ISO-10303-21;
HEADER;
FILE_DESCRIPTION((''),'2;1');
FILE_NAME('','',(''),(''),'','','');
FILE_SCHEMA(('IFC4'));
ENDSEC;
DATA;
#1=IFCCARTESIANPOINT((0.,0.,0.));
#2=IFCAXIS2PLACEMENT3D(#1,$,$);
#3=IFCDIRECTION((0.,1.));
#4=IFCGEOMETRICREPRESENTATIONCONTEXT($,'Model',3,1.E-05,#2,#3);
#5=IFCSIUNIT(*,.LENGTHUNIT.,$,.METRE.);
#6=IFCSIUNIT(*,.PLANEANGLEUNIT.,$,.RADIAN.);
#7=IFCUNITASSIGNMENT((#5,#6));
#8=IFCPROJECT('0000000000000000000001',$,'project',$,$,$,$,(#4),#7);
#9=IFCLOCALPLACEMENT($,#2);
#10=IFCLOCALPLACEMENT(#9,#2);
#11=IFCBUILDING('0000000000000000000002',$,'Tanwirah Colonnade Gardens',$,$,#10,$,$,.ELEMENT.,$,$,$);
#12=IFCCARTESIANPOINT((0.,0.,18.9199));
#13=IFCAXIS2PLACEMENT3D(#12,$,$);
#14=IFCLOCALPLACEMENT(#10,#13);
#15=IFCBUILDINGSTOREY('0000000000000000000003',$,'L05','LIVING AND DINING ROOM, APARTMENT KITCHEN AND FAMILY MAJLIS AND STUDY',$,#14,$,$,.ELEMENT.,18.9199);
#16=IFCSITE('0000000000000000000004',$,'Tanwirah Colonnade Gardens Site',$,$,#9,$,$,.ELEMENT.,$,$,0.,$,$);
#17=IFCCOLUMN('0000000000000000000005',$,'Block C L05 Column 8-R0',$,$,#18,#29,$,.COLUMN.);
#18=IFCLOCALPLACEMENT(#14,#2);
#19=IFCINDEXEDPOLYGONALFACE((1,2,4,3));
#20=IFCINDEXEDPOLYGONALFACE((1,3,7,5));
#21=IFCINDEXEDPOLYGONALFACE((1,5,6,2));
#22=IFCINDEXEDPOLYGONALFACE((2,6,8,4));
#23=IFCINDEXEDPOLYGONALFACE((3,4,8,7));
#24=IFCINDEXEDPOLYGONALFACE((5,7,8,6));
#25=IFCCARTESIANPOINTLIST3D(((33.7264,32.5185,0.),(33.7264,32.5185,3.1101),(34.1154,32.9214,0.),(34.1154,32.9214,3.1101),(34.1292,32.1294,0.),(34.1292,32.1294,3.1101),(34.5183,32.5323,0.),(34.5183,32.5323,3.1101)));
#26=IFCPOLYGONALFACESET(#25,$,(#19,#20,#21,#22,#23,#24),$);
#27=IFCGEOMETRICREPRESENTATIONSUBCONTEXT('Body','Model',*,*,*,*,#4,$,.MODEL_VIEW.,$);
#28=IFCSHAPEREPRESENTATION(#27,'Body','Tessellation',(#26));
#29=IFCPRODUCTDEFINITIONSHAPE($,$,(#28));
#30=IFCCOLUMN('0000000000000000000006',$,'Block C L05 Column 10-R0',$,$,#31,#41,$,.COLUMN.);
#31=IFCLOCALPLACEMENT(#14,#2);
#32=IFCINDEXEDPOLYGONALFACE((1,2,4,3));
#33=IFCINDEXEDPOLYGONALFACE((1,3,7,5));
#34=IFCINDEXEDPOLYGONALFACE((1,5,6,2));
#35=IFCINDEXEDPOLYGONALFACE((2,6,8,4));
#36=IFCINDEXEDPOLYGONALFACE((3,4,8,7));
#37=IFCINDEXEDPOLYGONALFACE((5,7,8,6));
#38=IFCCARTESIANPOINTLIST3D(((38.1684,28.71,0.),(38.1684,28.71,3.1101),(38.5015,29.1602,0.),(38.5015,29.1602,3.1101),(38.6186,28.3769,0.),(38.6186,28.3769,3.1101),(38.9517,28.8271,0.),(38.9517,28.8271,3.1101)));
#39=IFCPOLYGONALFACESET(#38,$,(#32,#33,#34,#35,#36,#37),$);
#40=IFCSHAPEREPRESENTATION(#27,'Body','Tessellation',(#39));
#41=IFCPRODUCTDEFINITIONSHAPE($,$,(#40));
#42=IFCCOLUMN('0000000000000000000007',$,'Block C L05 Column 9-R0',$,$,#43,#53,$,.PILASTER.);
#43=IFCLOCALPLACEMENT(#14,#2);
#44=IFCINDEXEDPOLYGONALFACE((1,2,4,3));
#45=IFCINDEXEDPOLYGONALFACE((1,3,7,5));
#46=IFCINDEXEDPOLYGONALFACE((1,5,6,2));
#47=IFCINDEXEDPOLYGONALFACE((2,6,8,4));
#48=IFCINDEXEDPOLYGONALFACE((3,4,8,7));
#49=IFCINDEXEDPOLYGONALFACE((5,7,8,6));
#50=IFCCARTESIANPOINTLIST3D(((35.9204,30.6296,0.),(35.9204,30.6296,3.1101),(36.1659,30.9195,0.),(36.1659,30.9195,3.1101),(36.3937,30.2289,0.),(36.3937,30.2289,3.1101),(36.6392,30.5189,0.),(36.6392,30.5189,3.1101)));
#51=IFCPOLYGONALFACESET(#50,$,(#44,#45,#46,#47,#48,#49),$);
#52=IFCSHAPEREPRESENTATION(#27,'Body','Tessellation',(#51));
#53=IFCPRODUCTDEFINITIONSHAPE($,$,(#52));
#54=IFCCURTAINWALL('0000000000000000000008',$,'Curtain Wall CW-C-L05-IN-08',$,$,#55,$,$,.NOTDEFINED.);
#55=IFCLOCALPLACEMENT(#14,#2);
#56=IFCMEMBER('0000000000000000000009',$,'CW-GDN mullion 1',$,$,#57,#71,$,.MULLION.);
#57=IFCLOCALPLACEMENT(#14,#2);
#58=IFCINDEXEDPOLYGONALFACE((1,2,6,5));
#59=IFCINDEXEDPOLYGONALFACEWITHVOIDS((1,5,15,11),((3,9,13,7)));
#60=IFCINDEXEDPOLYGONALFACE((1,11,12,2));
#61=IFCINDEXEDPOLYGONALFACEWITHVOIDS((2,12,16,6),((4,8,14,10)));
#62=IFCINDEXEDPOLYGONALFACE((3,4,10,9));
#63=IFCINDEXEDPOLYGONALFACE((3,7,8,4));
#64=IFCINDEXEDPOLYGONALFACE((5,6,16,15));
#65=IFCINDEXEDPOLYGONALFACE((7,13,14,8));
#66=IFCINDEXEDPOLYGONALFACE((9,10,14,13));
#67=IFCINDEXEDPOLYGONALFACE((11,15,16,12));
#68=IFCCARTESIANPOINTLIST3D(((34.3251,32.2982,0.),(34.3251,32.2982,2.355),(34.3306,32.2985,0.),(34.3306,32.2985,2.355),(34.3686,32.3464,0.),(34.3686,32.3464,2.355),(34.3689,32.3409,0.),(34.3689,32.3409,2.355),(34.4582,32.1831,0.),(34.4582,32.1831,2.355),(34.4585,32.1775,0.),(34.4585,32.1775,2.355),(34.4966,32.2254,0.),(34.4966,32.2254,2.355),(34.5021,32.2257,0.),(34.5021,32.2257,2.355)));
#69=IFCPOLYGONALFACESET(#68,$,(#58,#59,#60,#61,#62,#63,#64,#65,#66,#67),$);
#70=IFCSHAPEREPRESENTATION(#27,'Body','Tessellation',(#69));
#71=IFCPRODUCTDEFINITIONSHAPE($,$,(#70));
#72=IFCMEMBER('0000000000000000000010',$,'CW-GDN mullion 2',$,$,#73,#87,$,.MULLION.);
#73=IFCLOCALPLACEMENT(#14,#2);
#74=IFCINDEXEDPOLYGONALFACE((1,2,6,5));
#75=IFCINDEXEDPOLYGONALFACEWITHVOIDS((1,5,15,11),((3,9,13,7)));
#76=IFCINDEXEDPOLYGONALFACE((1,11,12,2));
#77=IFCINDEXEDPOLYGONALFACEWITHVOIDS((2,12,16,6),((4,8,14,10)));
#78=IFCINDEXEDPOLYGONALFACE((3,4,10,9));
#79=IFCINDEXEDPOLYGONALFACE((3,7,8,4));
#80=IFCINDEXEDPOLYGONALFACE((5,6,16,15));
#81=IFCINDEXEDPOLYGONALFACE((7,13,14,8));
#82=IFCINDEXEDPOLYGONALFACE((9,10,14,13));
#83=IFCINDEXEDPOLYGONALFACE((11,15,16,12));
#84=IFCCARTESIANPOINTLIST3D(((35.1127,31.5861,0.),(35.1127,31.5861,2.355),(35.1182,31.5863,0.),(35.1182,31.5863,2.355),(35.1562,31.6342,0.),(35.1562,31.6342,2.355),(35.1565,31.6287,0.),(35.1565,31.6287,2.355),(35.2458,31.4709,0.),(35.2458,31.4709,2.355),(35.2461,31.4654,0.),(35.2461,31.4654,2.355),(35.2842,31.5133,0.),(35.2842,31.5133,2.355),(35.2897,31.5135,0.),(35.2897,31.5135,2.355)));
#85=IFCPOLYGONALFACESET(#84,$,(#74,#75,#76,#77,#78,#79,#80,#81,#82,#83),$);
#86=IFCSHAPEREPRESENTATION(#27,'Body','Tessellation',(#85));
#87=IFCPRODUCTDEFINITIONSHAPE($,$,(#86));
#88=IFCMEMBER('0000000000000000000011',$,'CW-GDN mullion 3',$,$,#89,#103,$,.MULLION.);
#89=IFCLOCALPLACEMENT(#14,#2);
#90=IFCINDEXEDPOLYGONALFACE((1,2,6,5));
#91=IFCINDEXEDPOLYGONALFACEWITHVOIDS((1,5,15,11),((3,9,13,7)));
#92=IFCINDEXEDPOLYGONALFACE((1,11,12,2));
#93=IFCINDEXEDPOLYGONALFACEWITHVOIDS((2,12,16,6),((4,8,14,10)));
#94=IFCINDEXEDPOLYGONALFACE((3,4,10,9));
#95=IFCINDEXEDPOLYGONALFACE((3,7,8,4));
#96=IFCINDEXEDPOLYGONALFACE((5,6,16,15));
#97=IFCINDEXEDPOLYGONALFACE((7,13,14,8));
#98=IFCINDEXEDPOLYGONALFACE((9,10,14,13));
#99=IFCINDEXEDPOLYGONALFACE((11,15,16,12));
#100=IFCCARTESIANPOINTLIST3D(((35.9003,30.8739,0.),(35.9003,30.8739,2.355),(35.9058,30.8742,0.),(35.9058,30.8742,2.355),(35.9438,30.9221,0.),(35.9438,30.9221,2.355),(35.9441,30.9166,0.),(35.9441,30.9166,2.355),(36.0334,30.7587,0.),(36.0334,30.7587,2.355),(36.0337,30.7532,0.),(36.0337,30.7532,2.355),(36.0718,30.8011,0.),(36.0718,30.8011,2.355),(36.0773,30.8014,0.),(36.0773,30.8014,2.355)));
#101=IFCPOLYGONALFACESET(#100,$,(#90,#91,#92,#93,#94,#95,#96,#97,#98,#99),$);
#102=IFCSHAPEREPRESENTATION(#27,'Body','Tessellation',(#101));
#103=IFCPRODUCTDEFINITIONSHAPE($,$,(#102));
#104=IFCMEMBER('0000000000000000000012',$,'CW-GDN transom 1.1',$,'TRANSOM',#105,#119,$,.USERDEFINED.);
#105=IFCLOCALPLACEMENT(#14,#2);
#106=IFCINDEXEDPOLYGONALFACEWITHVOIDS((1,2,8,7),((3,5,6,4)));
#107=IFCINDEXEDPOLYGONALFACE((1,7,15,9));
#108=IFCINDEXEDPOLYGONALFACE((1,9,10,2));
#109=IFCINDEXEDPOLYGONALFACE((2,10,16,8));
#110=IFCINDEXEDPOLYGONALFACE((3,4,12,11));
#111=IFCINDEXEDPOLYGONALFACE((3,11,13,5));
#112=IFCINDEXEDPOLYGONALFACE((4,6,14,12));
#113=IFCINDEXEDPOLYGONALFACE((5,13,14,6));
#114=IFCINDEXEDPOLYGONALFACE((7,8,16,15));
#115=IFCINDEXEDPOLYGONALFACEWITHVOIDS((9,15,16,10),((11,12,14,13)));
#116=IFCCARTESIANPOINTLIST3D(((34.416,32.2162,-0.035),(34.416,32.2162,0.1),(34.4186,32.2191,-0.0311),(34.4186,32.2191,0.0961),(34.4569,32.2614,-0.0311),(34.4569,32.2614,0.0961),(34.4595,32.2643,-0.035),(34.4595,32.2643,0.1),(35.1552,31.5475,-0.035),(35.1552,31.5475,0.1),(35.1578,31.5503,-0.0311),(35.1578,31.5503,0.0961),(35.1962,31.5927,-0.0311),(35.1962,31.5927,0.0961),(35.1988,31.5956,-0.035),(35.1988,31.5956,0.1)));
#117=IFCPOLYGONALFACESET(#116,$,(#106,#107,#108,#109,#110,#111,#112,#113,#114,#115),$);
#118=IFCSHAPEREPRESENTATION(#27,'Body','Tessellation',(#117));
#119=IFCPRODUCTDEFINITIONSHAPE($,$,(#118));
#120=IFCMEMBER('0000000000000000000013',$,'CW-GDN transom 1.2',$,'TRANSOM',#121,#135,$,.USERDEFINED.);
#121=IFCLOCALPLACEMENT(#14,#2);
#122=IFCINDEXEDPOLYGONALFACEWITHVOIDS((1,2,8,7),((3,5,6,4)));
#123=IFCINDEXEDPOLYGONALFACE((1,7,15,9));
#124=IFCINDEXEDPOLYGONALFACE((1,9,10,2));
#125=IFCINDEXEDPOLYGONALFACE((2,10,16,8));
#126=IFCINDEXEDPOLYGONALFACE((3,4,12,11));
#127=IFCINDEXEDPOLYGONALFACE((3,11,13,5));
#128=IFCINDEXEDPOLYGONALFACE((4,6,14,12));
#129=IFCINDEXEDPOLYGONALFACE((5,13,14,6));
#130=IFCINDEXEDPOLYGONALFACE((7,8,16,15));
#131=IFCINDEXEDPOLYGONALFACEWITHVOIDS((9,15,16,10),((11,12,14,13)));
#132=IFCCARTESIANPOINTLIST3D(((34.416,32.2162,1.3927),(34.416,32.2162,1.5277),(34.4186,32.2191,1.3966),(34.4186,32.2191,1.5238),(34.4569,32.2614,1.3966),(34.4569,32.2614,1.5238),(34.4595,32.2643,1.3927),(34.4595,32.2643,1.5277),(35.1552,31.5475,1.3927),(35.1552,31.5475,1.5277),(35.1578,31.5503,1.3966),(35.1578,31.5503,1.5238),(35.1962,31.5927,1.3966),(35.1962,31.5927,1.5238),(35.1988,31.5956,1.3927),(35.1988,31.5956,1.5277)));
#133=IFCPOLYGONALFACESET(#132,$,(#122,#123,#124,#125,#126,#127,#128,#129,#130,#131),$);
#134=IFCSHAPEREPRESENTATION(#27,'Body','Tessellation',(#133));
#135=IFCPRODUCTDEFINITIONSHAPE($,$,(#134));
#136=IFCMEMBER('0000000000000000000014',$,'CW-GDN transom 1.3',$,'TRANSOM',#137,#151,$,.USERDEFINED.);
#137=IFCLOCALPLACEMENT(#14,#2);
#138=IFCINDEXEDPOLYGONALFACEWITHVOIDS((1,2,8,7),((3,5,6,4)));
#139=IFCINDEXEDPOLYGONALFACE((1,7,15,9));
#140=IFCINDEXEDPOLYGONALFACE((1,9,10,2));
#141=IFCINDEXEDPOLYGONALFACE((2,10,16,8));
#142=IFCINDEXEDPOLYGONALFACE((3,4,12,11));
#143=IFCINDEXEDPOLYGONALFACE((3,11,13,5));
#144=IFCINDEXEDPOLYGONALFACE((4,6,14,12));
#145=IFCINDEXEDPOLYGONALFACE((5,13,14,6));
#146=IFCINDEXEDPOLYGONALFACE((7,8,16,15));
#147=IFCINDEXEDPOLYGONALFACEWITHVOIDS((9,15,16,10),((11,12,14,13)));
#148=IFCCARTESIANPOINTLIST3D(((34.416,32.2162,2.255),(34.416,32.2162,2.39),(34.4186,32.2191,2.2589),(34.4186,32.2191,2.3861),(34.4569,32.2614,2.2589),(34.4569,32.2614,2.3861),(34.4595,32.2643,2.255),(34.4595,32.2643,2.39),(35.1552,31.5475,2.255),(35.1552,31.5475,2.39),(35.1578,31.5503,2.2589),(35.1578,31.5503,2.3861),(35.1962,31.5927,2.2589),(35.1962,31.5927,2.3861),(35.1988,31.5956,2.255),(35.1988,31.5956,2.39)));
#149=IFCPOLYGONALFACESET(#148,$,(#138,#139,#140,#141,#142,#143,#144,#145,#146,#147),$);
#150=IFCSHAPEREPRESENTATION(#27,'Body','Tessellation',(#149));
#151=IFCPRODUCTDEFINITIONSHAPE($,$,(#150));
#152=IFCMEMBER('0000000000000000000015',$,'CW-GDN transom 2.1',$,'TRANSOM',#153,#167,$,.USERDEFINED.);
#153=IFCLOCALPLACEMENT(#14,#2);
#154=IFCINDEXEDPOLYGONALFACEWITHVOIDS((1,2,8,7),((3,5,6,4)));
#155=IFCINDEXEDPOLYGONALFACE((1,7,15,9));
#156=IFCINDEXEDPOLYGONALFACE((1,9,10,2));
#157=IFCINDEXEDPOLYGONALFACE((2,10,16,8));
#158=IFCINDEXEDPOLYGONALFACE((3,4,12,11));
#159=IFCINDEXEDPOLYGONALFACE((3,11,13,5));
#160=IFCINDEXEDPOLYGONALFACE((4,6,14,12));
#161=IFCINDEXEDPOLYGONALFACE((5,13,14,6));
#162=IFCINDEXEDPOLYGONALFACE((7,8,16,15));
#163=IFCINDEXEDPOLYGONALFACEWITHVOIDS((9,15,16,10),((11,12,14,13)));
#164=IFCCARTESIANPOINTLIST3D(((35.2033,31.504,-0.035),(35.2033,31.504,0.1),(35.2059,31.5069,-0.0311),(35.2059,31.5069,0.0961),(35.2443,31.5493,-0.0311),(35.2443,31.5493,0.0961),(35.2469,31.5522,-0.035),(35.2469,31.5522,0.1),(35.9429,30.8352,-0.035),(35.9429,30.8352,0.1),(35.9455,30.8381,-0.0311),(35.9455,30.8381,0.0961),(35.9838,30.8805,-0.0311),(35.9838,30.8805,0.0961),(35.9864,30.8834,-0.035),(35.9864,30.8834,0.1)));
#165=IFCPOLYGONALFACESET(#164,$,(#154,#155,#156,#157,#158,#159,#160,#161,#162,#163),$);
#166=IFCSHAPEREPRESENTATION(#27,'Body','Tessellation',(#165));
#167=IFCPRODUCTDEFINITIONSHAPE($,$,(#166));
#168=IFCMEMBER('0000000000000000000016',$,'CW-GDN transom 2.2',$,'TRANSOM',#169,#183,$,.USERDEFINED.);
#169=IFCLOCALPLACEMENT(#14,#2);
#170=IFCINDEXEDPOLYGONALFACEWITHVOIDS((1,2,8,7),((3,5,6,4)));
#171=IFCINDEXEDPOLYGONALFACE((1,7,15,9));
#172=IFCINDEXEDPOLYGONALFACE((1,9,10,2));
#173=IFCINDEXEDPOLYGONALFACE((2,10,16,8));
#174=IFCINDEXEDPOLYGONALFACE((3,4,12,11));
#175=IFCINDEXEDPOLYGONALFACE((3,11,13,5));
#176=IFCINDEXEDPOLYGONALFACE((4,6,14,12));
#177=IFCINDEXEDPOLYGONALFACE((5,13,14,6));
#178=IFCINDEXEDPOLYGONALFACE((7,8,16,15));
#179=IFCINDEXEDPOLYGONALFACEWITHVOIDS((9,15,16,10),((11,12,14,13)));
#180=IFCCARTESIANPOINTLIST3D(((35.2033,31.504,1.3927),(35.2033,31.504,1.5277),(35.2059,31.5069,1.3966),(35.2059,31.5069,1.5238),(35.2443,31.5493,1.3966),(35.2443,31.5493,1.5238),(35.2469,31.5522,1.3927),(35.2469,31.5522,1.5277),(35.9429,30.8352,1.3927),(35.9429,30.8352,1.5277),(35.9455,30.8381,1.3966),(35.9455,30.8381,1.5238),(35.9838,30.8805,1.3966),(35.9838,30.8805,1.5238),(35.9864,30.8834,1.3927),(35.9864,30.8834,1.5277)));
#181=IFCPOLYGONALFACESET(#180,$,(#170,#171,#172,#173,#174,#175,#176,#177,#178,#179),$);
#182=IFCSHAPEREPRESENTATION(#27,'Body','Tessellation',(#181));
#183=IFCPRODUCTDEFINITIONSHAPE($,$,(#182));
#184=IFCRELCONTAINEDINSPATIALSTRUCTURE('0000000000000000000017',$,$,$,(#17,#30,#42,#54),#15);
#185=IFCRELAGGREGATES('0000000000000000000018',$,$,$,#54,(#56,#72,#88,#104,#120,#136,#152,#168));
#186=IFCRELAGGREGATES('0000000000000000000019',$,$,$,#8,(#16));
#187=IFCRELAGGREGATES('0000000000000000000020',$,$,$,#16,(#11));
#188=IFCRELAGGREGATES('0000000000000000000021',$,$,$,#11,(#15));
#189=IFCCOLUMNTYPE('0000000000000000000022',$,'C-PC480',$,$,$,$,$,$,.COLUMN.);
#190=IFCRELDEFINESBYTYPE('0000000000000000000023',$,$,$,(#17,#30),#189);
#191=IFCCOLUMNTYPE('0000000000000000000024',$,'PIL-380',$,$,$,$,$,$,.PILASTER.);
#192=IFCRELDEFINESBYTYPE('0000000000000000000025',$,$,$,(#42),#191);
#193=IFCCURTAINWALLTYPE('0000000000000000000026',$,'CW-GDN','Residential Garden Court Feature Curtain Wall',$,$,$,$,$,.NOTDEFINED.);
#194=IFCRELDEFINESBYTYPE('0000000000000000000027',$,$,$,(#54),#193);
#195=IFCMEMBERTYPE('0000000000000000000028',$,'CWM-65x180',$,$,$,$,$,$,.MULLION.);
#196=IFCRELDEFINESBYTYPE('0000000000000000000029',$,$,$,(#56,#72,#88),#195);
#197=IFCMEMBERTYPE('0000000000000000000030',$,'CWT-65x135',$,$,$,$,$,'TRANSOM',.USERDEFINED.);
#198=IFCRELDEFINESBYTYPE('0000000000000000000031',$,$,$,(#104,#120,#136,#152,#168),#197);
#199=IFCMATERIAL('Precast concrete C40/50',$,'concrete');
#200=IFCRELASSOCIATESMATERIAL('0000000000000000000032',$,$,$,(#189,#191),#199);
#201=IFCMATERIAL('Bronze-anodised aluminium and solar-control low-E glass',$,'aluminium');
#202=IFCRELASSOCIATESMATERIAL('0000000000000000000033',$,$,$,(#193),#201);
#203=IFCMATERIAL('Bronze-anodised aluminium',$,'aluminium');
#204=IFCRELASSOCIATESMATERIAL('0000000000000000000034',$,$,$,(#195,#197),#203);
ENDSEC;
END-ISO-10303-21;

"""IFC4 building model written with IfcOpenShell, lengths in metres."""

from ifc_helpers import new_model, si_unit, direction, frame, origin, origin_2d, place, context, subcontext, project, spatial, rectangle, hollow_rectangle, extrude, material, material_profile, profile_set, type_object, element, aggregate, save


model = new_model("IFC4")

# Units and contexts
model_context = context("Model", 3, precision=1e-05, world=origin(), true_north=direction((0.0, 1.0)))
body_context = subcontext(model_context, "Body", "Model", "MODEL_VIEW")
ifc_project = project(units=[si_unit("LENGTHUNIT", "METRE"), si_unit("PLANEANGLEUNIT", "RADIAN")], contexts=[model_context])

# Site, building, storey
site_placement = place(None, origin())
site = spatial("IfcSite", under=ifc_project, at=site_placement, Name="Tanwirah Colonnade Gardens Site", CompositionType="ELEMENT", RefElevation=0.0)
building_placement = place(site_placement, origin())
building = spatial("IfcBuilding", under=site, at=building_placement, Name="Tanwirah Colonnade Gardens", CompositionType="ELEMENT")
storey_placement = place(building_placement, frame((0.0, 0.0, 18.9199)))
storey = spatial("IfcBuildingStorey", under=building, at=storey_placement, Name="L05", Description="LIVING AND DINING ROOM, APARTMENT KITCHEN AND FAMILY MAJLIS AND STUDY", CompositionType="ELEMENT", Elevation=18.9199)

# Columns
ifc_material_1 = material(Name="Precast concrete C40/50", Category="concrete")
ifc_material_profile_1 = material_profile(ifc_material_1, rectangle(XDim=0.5601, YDim=0.5601, at=origin_2d()), Name="PC-COL 560x560")
ifc_profile_set_1 = profile_set([ifc_material_profile_1], Name="Precast concrete C40/50")
column_type_1 = type_object("IfcColumnType", Name="C-PC480", PredefinedType="COLUMN", material=ifc_profile_set_1)
for number, where, z_axis, x_axis, name in (
    (1, (34.1223, 32.5254, 0.0), (0.0, 0.0, 1.0), (-0.694658, -0.71934, 0.0), "Block C L05 Column 8-R0"),
    (2, (38.5601, 28.7686, 0.0), (0.0, 0.0, 1.0), (-0.594823, -0.803857, 0.0), "Block C L05 Column 10-R0"),
):
    element("IfcColumn", number, at=place(storey_placement, frame(where, z_axis=z_axis, x_axis=x_axis)), inside=storey, type_object=column_type_1, Name=name, PredefinedType="COLUMN", context=body_context, shape_type="SweptSolid", body=[
        extrude(rectangle(XDim=0.5601, YDim=0.5601, at=origin_2d()), origin(), (0.0, 0.0, 1.0), 3.1101),
    ])
ifc_material_profile_2 = material_profile(ifc_material_1, rectangle(XDim=0.3799, YDim=0.6201, at=origin_2d()), Name="PC-PIL 380x620")
ifc_profile_set_2 = profile_set([ifc_material_profile_2], Name="Precast concrete C40/50")
column_type_2 = type_object("IfcColumnType", Name="PIL-380", PredefinedType="PILASTER", material=ifc_profile_set_2)
column_placement = place(storey_placement, frame((36.2798, 30.5742, 0.0), z_axis=(0.0, 0.0, 1.0), x_axis=(-0.646124, -0.763232, 0.0)))
element("IfcColumn", 3, at=column_placement, inside=storey, type_object=column_type_2, Name="Block C L05 Column 9-R0", PredefinedType="PILASTER", context=body_context, shape_type="SweptSolid", body=[
    extrude(rectangle(XDim=0.3799, YDim=0.6201, at=origin_2d()), origin(), (0.0, 0.0, 1.0), 3.1101),
])

# Curtain wall, members
ifc_material_2 = material(Name="Bronze-anodised aluminium and solar-control low-E glass", Category="aluminium")
curtain_wall_type = type_object("IfcCurtainWallType", Name="CW-GDN", Description="Residential Garden Court Feature Curtain Wall", PredefinedType="NOTDEFINED", material=ifc_material_2)
curtain_wall_placement = place(storey_placement, origin())
curtain_wall = element("IfcCurtainWall", 4, at=curtain_wall_placement, inside=storey, type_object=curtain_wall_type, Name="Curtain Wall CW-C-L05-IN-08", PredefinedType="NOTDEFINED")
ifc_material_3 = material(Name="Bronze-anodised aluminium", Category="aluminium")
ifc_material_profile_3 = material_profile(ifc_material_3, hollow_rectangle(XDim=0.0649, YDim=0.1799, WallThickness=0.0039, at=origin_2d()), Name="CW-MUL 65x180x4")
ifc_profile_set_3 = profile_set([ifc_material_profile_3], Name="Bronze-anodised aluminium")
member_type_1 = type_object("IfcMemberType", Name="CWM-65x180", PredefinedType="MULLION", material=ifc_profile_set_3)
member_1_placement = place(storey_placement, frame((34.4136, 32.262, 0.0), z_axis=(0.0, 0.0, 1.0), x_axis=(0.670751, 0.741683, 0.0)))
member_1 = element("IfcMember", 5, at=member_1_placement, type_object=member_type_1, Name="CW-GDN mullion 1", PredefinedType="MULLION", context=body_context, shape_type="SweptSolid", body=[
    extrude(hollow_rectangle(XDim=0.0649, YDim=0.1799, WallThickness=0.0039, at=origin_2d()), origin(), (0.0, 0.0, 1.0), 2.355),
])
member_2_placement = place(storey_placement, frame((35.2012, 31.5498, 0.0), z_axis=(0.0, 0.0, 1.0), x_axis=(0.670751, 0.741683, 0.0)))
member_2 = element("IfcMember", 6, at=member_2_placement, type_object=member_type_1, Name="CW-GDN mullion 2", PredefinedType="MULLION", context=body_context, shape_type="SweptSolid", body=[
    extrude(hollow_rectangle(XDim=0.0649, YDim=0.1799, WallThickness=0.0039, at=origin_2d()), origin(), (0.0, 0.0, 1.0), 2.355),
])
member_3_placement = place(storey_placement, frame((35.9888, 30.8376, 0.0), z_axis=(0.0, 0.0, 1.0), x_axis=(0.670751, 0.741683, 0.0)))
member_3 = element("IfcMember", 7, at=member_3_placement, type_object=member_type_1, Name="CW-GDN mullion 3", PredefinedType="MULLION", context=body_context, shape_type="SweptSolid", body=[
    extrude(hollow_rectangle(XDim=0.0649, YDim=0.1799, WallThickness=0.0039, at=origin_2d()), origin(), (0.0, 0.0, 1.0), 2.355),
])
ifc_material_profile_4 = material_profile(ifc_material_3, hollow_rectangle(XDim=0.0649, YDim=0.135, WallThickness=0.0039, at=origin_2d()), Name="CW-TRN 65x135x4")
ifc_profile_set_4 = profile_set([ifc_material_profile_4], Name="Bronze-anodised aluminium")
member_type_2 = type_object("IfcMemberType", Name="CWT-65x135", ElementType="TRANSOM", PredefinedType="USERDEFINED", material=ifc_profile_set_4)
member_4_placement = place(storey_placement, frame((34.4377, 32.2402, 0.0325), z_axis=(0.741611, -0.67083, 0.0), x_axis=(0.67083, 0.741611, 0.0)))
member_4 = element("IfcMember", 8, at=member_4_placement, type_object=member_type_2, Name="CW-GDN transom 1.1", ObjectType="TRANSOM", PredefinedType="USERDEFINED", context=body_context, shape_type="SweptSolid", body=[
    extrude(hollow_rectangle(XDim=0.0649, YDim=0.135, WallThickness=0.0039, at=origin_2d()), origin(), (0.0, 0.0, 1.0), 0.9968),
])
member_5_placement = place(storey_placement, frame((34.4377, 32.2402, 1.4602), z_axis=(0.741611, -0.67083, 0.0), x_axis=(0.67083, 0.741611, 0.0)))
member_5 = element("IfcMember", 9, at=member_5_placement, type_object=member_type_2, Name="CW-GDN transom 1.2", ObjectType="TRANSOM", PredefinedType="USERDEFINED", context=body_context, shape_type="SweptSolid", body=[
    extrude(hollow_rectangle(XDim=0.0649, YDim=0.135, WallThickness=0.0039, at=origin_2d()), origin(), (0.0, 0.0, 1.0), 0.9968),
])
member_6_placement = place(storey_placement, frame((34.4377, 32.2402, 2.3225), z_axis=(0.741611, -0.67083, 0.0), x_axis=(0.67083, 0.741611, 0.0)))
member_6 = element("IfcMember", 10, at=member_6_placement, type_object=member_type_2, Name="CW-GDN transom 1.3", ObjectType="TRANSOM", PredefinedType="USERDEFINED", context=body_context, shape_type="SweptSolid", body=[
    extrude(hollow_rectangle(XDim=0.0649, YDim=0.135, WallThickness=0.0039, at=origin_2d()), origin(), (0.0, 0.0, 1.0), 0.9968),
])
member_7_placement = place(storey_placement, frame((35.2251, 31.5281, 0.0325), z_axis=(0.741721, -0.670708, 0.0), x_axis=(0.670708, 0.741721, 0.0)))
member_7 = element("IfcMember", 11, at=member_7_placement, type_object=member_type_2, Name="CW-GDN transom 2.1", ObjectType="TRANSOM", PredefinedType="USERDEFINED", context=body_context, shape_type="SweptSolid", body=[
    extrude(hollow_rectangle(XDim=0.0649, YDim=0.135, WallThickness=0.0039, at=origin_2d()), origin(), (0.0, 0.0, 1.0), 0.9971),
])
member_8_placement = place(storey_placement, frame((35.2251, 31.5281, 1.4602), z_axis=(0.741721, -0.670708, 0.0), x_axis=(0.670708, 0.741721, 0.0)))
member_8 = element("IfcMember", 12, at=member_8_placement, type_object=member_type_2, Name="CW-GDN transom 2.2", ObjectType="TRANSOM", PredefinedType="USERDEFINED", context=body_context, shape_type="SweptSolid", body=[
    extrude(hollow_rectangle(XDim=0.0649, YDim=0.135, WallThickness=0.0039, at=origin_2d()), origin(), (0.0, 0.0, 1.0), 0.9971),
])

aggregate(curtain_wall, [member_1, member_2, member_3, member_4, member_5, member_6, member_7, member_8])

save(model, "model.ifc")
